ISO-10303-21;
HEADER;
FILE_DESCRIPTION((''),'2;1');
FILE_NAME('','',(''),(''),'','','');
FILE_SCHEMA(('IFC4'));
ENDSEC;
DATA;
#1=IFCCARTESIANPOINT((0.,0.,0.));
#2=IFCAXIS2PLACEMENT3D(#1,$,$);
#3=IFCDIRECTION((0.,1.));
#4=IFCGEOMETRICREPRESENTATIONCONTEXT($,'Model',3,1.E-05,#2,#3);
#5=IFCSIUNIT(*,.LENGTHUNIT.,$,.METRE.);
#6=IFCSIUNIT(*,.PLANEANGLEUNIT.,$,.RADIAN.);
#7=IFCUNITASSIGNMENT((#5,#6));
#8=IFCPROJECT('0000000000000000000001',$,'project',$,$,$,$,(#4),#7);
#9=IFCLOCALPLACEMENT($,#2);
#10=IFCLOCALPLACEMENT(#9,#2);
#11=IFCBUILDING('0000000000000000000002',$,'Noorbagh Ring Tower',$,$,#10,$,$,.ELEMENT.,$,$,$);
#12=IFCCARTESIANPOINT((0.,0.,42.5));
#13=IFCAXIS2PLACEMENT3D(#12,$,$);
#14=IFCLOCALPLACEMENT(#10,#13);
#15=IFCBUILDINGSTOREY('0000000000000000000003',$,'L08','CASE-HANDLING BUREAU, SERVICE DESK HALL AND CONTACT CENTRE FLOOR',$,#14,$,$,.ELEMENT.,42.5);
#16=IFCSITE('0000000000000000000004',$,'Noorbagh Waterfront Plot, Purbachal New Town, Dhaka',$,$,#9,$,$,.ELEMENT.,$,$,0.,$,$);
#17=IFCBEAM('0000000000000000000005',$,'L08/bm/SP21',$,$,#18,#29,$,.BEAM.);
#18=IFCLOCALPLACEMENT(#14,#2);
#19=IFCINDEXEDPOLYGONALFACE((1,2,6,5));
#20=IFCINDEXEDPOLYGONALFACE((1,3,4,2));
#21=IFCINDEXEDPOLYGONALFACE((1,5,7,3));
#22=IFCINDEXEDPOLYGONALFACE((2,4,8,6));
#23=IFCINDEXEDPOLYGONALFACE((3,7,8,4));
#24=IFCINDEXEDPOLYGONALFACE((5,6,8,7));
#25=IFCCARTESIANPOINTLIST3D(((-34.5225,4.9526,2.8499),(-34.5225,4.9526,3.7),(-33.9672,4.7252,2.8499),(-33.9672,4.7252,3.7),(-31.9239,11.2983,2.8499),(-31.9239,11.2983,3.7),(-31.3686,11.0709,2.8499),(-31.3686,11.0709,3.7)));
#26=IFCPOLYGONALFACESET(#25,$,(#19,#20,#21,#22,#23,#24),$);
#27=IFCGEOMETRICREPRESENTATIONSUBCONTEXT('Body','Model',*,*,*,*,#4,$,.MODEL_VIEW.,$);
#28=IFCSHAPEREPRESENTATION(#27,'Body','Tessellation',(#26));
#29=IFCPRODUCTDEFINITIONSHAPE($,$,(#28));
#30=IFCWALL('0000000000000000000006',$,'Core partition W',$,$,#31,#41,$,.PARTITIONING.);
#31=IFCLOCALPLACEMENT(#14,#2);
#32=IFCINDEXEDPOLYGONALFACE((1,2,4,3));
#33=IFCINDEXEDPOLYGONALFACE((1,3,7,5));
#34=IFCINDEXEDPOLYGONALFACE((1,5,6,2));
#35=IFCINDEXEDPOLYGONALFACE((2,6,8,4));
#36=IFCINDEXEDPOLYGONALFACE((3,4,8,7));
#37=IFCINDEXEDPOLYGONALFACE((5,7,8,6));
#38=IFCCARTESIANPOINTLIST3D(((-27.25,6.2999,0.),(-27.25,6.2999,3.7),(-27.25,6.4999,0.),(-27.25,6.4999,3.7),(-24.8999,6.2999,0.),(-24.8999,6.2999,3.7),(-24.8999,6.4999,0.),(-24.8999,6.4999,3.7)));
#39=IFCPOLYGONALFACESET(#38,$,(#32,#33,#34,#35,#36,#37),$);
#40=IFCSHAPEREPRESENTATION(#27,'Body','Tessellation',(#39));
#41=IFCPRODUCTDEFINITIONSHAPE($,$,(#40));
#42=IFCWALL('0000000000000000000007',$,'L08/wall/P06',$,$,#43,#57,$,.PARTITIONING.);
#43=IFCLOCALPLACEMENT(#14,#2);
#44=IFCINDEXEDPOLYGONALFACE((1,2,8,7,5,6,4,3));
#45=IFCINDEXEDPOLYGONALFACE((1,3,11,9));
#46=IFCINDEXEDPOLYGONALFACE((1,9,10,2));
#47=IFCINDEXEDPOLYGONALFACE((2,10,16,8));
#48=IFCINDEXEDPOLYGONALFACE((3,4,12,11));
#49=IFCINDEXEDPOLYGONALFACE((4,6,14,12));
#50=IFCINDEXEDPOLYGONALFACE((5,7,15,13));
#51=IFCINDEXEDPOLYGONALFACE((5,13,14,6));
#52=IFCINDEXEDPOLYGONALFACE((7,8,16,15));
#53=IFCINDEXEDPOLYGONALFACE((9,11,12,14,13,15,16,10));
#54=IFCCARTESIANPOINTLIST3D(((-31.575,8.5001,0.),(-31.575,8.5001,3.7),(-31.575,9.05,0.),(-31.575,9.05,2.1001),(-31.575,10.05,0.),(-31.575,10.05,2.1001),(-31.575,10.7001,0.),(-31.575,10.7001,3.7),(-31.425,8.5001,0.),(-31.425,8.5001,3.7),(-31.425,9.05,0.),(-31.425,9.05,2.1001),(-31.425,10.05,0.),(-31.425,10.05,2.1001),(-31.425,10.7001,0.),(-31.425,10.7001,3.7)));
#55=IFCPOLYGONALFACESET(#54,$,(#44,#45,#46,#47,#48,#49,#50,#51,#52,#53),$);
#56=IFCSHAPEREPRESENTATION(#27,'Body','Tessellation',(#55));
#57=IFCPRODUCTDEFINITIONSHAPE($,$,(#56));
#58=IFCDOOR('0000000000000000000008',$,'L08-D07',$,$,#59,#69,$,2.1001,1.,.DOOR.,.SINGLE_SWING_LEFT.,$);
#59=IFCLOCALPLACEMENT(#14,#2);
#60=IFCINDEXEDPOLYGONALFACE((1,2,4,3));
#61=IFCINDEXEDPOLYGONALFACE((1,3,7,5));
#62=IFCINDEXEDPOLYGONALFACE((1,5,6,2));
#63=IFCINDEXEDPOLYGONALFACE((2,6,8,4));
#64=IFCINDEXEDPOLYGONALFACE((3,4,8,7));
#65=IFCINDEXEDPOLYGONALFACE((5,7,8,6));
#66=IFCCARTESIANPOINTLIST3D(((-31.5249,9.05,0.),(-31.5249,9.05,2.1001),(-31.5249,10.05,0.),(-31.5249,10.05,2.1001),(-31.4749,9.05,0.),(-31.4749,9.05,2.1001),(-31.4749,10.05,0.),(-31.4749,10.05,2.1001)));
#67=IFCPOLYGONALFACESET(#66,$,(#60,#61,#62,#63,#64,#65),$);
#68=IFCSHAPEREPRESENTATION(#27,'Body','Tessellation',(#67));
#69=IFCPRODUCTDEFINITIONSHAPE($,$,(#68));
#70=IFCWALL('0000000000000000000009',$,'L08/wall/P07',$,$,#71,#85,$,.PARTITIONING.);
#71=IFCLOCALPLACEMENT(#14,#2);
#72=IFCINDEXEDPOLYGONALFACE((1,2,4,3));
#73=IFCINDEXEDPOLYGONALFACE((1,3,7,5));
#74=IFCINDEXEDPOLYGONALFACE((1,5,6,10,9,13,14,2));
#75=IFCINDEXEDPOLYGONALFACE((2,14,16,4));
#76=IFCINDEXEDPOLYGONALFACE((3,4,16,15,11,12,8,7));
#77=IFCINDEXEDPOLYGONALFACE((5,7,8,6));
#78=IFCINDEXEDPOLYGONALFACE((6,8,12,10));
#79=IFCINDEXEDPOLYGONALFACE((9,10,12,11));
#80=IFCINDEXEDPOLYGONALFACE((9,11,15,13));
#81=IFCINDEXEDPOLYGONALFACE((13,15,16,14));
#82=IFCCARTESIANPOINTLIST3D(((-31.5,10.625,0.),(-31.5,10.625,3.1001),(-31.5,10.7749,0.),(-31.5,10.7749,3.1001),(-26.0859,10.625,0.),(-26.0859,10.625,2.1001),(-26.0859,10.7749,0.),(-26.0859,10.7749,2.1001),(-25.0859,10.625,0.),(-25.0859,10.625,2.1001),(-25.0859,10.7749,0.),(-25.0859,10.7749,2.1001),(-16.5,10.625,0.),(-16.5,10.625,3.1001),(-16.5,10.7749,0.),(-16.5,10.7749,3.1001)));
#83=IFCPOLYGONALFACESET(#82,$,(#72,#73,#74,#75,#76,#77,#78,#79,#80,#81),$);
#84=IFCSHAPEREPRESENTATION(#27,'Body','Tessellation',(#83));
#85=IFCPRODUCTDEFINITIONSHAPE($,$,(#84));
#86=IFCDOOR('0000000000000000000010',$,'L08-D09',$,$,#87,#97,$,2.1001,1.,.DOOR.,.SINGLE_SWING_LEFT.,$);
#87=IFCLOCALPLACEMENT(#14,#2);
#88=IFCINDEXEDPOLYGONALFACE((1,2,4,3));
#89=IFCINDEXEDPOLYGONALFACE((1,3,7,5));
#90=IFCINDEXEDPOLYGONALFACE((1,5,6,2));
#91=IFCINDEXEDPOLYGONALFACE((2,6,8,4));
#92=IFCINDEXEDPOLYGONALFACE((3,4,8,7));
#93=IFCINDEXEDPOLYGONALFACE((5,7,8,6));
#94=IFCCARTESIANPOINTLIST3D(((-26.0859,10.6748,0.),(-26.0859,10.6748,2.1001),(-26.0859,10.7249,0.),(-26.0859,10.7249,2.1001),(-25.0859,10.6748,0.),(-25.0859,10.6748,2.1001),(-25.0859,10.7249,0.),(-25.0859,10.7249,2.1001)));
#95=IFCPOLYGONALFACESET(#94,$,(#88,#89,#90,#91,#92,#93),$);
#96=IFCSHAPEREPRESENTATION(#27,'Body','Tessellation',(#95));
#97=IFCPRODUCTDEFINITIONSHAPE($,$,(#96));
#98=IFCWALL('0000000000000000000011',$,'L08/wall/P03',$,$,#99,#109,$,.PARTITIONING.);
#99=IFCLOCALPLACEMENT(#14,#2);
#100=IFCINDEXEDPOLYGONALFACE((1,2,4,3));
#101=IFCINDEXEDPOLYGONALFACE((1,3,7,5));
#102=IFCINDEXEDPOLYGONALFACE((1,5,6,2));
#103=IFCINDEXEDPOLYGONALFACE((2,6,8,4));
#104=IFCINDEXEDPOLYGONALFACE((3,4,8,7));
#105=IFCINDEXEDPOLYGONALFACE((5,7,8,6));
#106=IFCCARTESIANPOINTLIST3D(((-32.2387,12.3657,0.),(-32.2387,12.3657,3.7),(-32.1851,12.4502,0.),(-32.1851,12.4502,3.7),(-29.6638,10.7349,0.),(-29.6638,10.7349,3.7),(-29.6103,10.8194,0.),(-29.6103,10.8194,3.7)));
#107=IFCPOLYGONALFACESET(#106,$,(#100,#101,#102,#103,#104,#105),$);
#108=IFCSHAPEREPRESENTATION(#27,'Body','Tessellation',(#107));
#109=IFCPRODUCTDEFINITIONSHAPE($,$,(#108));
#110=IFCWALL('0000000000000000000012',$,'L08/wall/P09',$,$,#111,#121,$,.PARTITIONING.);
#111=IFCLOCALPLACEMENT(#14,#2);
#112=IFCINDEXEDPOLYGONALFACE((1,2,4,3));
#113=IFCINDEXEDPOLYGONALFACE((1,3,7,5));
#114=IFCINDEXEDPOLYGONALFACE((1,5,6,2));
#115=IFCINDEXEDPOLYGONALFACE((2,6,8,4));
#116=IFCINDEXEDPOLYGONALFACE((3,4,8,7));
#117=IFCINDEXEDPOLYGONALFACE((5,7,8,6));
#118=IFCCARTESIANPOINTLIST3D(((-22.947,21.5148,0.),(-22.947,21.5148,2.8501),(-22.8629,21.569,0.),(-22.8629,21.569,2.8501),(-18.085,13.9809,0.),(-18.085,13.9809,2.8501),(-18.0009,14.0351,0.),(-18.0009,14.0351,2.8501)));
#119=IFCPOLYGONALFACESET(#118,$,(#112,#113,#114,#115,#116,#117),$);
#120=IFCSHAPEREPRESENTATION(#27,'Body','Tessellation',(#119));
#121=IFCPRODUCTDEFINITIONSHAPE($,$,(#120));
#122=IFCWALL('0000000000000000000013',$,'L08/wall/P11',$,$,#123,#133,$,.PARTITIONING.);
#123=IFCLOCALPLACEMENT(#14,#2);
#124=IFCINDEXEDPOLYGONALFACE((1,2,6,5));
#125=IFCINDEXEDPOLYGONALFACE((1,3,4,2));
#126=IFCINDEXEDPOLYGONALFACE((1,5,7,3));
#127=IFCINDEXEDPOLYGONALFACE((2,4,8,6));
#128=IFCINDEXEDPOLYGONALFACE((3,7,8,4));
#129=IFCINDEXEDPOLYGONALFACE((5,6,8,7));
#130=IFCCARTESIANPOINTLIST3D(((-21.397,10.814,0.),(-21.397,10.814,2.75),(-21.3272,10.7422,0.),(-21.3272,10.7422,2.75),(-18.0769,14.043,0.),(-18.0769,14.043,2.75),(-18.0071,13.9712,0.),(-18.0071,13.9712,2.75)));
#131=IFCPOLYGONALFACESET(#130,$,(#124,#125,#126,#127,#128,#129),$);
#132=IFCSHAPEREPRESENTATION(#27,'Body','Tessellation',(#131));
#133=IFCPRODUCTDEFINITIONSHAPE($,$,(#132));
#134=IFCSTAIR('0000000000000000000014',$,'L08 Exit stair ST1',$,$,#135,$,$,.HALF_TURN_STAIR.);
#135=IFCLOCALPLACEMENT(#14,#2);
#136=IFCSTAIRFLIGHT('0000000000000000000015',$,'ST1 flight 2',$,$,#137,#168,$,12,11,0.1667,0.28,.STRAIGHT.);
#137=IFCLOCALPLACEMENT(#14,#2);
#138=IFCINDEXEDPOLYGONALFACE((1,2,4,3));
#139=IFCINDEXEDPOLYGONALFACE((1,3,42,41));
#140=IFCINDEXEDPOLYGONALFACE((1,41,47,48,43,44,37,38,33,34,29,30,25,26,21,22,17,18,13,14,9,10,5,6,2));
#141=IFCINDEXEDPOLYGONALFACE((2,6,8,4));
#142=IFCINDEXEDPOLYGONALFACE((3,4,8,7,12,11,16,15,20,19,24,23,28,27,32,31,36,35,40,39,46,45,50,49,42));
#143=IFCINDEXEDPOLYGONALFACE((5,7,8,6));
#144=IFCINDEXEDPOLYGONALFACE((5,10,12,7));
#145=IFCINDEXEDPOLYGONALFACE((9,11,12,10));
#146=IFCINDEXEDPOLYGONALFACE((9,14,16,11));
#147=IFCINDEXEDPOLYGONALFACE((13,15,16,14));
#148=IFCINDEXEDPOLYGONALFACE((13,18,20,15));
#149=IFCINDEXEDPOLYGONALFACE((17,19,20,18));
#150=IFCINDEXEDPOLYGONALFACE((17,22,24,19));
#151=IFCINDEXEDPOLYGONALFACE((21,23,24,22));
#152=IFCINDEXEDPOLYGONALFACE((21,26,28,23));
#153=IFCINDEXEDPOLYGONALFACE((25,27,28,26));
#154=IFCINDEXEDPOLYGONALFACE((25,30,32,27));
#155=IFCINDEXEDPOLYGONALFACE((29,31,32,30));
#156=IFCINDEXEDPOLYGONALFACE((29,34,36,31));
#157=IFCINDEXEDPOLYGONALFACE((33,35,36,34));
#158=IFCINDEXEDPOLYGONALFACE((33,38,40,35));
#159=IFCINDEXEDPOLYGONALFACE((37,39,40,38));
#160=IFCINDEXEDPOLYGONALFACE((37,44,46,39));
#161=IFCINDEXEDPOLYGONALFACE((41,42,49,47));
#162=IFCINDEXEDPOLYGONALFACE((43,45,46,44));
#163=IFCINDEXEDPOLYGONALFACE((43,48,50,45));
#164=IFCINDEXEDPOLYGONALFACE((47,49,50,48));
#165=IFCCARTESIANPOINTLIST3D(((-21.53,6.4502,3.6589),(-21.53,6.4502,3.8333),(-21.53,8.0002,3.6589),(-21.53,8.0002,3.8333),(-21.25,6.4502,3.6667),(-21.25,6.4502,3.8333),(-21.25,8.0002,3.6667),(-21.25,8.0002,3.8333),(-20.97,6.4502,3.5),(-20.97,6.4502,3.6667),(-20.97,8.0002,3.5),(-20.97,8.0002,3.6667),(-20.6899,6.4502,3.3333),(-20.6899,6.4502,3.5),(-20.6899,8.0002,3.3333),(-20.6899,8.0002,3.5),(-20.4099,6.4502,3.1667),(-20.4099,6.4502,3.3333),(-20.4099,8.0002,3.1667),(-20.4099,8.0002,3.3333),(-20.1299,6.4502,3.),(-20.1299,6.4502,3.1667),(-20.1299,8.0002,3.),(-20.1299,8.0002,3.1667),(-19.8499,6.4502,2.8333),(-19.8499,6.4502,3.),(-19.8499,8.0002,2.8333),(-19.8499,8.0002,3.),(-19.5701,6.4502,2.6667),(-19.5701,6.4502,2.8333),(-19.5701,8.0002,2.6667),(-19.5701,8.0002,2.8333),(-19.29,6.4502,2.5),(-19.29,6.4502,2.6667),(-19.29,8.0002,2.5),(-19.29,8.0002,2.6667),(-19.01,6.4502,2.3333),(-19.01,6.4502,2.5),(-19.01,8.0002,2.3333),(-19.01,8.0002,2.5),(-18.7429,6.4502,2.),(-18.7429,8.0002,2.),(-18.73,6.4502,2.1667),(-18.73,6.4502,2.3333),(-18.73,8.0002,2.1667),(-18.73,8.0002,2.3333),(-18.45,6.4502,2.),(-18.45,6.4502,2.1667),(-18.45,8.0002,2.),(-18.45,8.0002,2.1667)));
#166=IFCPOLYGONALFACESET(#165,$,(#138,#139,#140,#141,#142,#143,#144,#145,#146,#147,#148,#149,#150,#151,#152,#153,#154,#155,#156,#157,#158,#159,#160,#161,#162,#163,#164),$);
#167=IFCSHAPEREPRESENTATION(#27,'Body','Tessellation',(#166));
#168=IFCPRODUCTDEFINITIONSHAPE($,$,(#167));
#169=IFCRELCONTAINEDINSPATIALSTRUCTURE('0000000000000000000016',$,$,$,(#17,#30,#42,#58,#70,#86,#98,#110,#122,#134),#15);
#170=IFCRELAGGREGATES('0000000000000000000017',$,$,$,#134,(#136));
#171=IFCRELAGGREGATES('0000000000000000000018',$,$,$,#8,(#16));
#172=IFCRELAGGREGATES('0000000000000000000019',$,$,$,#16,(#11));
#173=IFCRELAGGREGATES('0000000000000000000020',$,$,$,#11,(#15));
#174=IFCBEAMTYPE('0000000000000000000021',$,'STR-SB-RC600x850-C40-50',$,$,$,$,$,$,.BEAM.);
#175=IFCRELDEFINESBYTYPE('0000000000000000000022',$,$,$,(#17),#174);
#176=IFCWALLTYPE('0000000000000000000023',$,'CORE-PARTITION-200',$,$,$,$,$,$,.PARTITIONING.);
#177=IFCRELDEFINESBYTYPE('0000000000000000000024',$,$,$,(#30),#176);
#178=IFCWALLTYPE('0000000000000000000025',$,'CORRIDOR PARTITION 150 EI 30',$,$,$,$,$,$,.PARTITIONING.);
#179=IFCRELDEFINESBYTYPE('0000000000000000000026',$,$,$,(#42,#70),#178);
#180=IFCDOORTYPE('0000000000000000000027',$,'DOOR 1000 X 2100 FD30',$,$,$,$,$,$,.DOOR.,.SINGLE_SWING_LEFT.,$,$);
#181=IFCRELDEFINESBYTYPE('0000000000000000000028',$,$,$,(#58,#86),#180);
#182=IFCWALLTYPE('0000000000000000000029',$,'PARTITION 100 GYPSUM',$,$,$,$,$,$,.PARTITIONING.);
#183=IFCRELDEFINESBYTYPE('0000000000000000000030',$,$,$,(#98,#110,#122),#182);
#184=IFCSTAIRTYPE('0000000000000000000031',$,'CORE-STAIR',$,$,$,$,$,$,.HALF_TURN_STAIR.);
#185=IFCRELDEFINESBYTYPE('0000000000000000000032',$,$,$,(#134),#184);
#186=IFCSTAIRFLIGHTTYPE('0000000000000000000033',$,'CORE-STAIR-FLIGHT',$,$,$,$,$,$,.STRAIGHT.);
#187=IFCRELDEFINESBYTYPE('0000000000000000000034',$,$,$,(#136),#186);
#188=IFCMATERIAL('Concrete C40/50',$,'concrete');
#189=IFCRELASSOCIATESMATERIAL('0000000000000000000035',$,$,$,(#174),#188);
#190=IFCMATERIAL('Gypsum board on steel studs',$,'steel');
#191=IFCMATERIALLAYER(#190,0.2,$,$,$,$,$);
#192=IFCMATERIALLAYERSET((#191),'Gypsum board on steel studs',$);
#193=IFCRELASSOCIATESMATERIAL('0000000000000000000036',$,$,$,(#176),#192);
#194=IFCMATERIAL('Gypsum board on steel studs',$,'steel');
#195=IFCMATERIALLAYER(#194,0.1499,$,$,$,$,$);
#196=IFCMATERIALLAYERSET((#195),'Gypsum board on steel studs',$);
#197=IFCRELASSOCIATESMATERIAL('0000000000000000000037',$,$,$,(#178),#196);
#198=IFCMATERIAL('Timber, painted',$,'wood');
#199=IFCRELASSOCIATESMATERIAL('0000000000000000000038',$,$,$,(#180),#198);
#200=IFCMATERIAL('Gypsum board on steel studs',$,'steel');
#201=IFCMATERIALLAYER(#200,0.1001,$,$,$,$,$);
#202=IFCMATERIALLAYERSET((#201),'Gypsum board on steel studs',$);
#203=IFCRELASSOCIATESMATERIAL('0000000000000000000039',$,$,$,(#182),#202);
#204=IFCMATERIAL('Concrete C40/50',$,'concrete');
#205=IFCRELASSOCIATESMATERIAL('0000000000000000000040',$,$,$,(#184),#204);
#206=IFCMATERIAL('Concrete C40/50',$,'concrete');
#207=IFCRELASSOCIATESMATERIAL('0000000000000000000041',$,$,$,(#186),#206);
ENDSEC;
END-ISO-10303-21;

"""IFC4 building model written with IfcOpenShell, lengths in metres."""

from ifc_helpers import new_model, si_unit, direction, frame, frame_2d, origin, origin_2d, place, context, subcontext, project, spatial, polyline, rectangle, outline, extrude, material, layer, layer_set, material_profile, profile_set, type_object, element, fill, aggregate, save


model = new_model("IFC4")

# Units and contexts
model_context = context("Model", 3, precision=1e-05, world=origin(), true_north=direction((0.0, 1.0)))
body_context = subcontext(model_context, "Body", "Model", "MODEL_VIEW")
ifc_project = project(units=[si_unit("LENGTHUNIT", "METRE"), si_unit("PLANEANGLEUNIT", "RADIAN")], contexts=[model_context])

# Site, building, storey
site_placement = place(None, origin())
site = spatial("IfcSite", under=ifc_project, at=site_placement, Name="Noorbagh Waterfront Plot, Purbachal New Town, Dhaka", CompositionType="ELEMENT", RefElevation=0.0)
building_placement = place(site_placement, origin())
building = spatial("IfcBuilding", under=site, at=building_placement, Name="Noorbagh Ring Tower", CompositionType="ELEMENT")
storey_placement = place(building_placement, frame((0.0, 0.0, 42.5)))
storey = spatial("IfcBuildingStorey", under=building, at=storey_placement, Name="L08", Description="CASE-HANDLING BUREAU, SERVICE DESK HALL AND CONTACT CENTRE FLOOR", CompositionType="ELEMENT", Elevation=42.5)

# Beam
ifc_material_1 = material(Name="Concrete C40/50", Category="concrete")
ifc_material_profile_1 = material_profile(ifc_material_1, rectangle(XDim=0.6001, YDim=0.8501, at=origin_2d()), Name="RC600x850")
ifc_profile_set_1 = profile_set([ifc_material_profile_1], Name="Concrete C40/50")
beam_type_1 = type_object("IfcBeamType", Name="STR-SB-RC600x850-C40-50", PredefinedType="BEAM", material=ifc_profile_set_1)
beam_1_placement = place(storey_placement, frame((-31.6462, 11.1846, 3.2749), z_axis=(-0.378966, -0.925411, 0.0), x_axis=(0.925411, -0.378966, 0.0)))
element("IfcBeam", 1, at=beam_1_placement, inside=storey, type_object=beam_type_1, Name="L08/bm/SP21", PredefinedType="BEAM", context=body_context, shape_type="SweptSolid", body=[
    extrude(rectangle(XDim=0.6001, YDim=0.8501, at=origin_2d()), origin(), (0.0, 0.0, 1.0), 6.8572),
])

# Wall
ifc_material_2 = material(Name="Gypsum board on steel studs", Category="steel")
ifc_layer_1 = layer(ifc_material_2, 0.2)
ifc_layer_set_1 = layer_set([ifc_layer_1], Name="Gypsum board on steel studs")
wall_type_1 = type_object("IfcWallType", Name="CORE-PARTITION-200", PredefinedType="PARTITIONING", material=ifc_layer_set_1)
wall_1_placement = place(storey_placement, frame((-24.8999, 6.3999, 0.0), z_axis=(0.0, 0.0, 1.0), x_axis=(-1.0, 0.0, 0.0)))
element("IfcWall", 2, at=wall_1_placement, inside=storey, type_object=wall_type_1, Name="Core partition W", PredefinedType="PARTITIONING", context=body_context, shape_type="SweptSolid", body=[
    extrude(rectangle(XDim=2.3501, YDim=0.2, at=frame_2d((1.175, 0.0))), origin(), (0.0, 0.0, 1.0), 3.7),
])

# Walls, openings, doors
ifc_material_3 = material(Name="Gypsum board on steel studs", Category="steel")
ifc_layer_2 = layer(ifc_material_3, 0.1499)
ifc_layer_set_2 = layer_set([ifc_layer_2], Name="Gypsum board on steel studs")
wall_type_2 = type_object("IfcWallType", Name="CORRIDOR PARTITION 150 EI 30", PredefinedType="PARTITIONING", material=ifc_layer_set_2)
wall_2_placement = place(storey_placement, frame((-31.5, 8.5, 0.0), z_axis=(0.0, 0.0, 1.0), x_axis=(0.0, 1.0, 0.0)))
wall_2 = element("IfcWall", 3, at=wall_2_placement, inside=storey, type_object=wall_type_2, Name="L08/wall/P06", PredefinedType="PARTITIONING", context=body_context, shape_type="SweptSolid", body=[
    extrude(rectangle(XDim=2.2, YDim=0.1499, at=frame_2d((1.1001, 0.0))), origin(), (0.0, 0.0, 1.0), 3.7),
])
opening_1_placement = place(wall_2_placement, frame((0.55, 0.0, 0.0)))
opening_1 = element("IfcOpeningElement", 4, at=opening_1_placement, cuts=wall_2, PredefinedType="OPENING", context=body_context, shape_type="SweptSolid", body=[
    extrude(rectangle(XDim=1.0, YDim=2.1001, at=frame_2d((0.5, 1.05))), frame((0.0, 0.085, 0.0), z_axis=(0.0, -1.0, 0.0), x_axis=(1.0, 0.0, 0.0)), (0.0, 0.0, 1.0), 0.1699),
])
ifc_material_4 = material(Name="Timber, painted", Category="wood")
door_type = type_object("IfcDoorType", Name="DOOR 1000 X 2100 FD30", OperationType="SINGLE_SWING_LEFT", PredefinedType="DOOR", material=ifc_material_4)
door_1_placement = place(opening_1_placement, origin())
door_1 = element("IfcDoor", 5, at=door_1_placement, inside=storey, type_object=door_type, Name="L08-D07", OperationType="SINGLE_SWING_LEFT", OverallHeight=2.1001, OverallWidth=1.0, PredefinedType="DOOR", context=body_context, shape_type="SweptSolid", body=[
    extrude(rectangle(XDim=1.0, YDim=2.1001, at=frame_2d((0.5, 1.05))), frame((0.0, 0.0249, 0.0), z_axis=(0.0, -1.0, 0.0), x_axis=(1.0, 0.0, 0.0)), (0.0, 0.0, 1.0), 0.05),
])
fill(opening_1, door_1)
wall_3_placement = place(storey_placement, frame((-31.5, 10.7, 0.0), z_axis=(0.0, 0.0, 1.0), x_axis=(1.0, 0.0, 0.0)))
wall_3 = element("IfcWall", 6, at=wall_3_placement, inside=storey, type_object=wall_type_2, Name="L08/wall/P07", PredefinedType="PARTITIONING", context=body_context, shape_type="SweptSolid", body=[
    extrude(rectangle(XDim=15.0, YDim=0.1499, at=frame_2d((7.5, 0.0))), origin(), (0.0, 0.0, 1.0), 3.1001),
])
opening_2_placement = place(wall_3_placement, frame((5.4141, 0.0, 0.0)))
opening_2 = element("IfcOpeningElement", 7, at=opening_2_placement, cuts=wall_3, PredefinedType="OPENING", context=body_context, shape_type="SweptSolid", body=[
    extrude(rectangle(XDim=1.0, YDim=2.1001, at=frame_2d((0.5, 1.05))), frame((0.0, 0.085, 0.0), z_axis=(0.0, -1.0, 0.0), x_axis=(1.0, 0.0, 0.0)), (0.0, 0.0, 1.0), 0.1699),
])
door_2_placement = place(opening_2_placement, origin())
door_2 = element("IfcDoor", 8, at=door_2_placement, inside=storey, type_object=door_type, Name="L08-D09", OperationType="SINGLE_SWING_LEFT", OverallHeight=2.1001, OverallWidth=1.0, PredefinedType="DOOR", context=body_context, shape_type="SweptSolid", body=[
    extrude(rectangle(XDim=1.0, YDim=2.1001, at=frame_2d((0.5, 1.05))), frame((0.0, 0.0249, 0.0), z_axis=(0.0, -1.0, 0.0), x_axis=(1.0, 0.0, 0.0)), (0.0, 0.0, 1.0), 0.05),
])
fill(opening_2, door_2)

# Walls
ifc_material_5 = material(Name="Gypsum board on steel studs", Category="steel")
ifc_layer_3 = layer(ifc_material_5, 0.1001)
ifc_layer_set_3 = layer_set([ifc_layer_3], Name="Gypsum board on steel studs")
wall_type_3 = type_object("IfcWallType", Name="PARTITION 100 GYPSUM", PredefinedType="PARTITIONING", material=ifc_layer_set_3)
wall_4_placement = place(storey_placement, frame((-32.2119, 12.408, 0.0), z_axis=(0.0, 0.0, 1.0), x_axis=(0.844811, -0.535065, 0.0)))
element("IfcWall", 9, at=wall_4_placement, inside=storey, type_object=wall_type_3, Name="L08/wall/P03", PredefinedType="PARTITIONING", context=body_context, shape_type="SweptSolid", body=[
    extrude(rectangle(XDim=3.0479, YDim=0.1001, at=frame_2d((1.5239, 0.0))), origin(), (0.0, 0.0, 1.0), 3.7),
])
wall_5_placement = place(storey_placement, frame((-22.905, 21.542, 0.0), z_axis=(0.0, 0.0, 1.0), x_axis=(0.542242, -0.840223, 0.0)))
element("IfcWall", 10, at=wall_5_placement, inside=storey, type_object=wall_type_3, Name="L08/wall/P09", PredefinedType="PARTITIONING", context=body_context, shape_type="SweptSolid", body=[
    extrude(rectangle(XDim=8.9666, YDim=0.1001, at=frame_2d((4.4834, 0.0))), origin(), (0.0, 0.0, 1.0), 2.8501),
])
wall_6_placement = place(storey_placement, frame((-21.3621, 10.7781, 0.0), z_axis=(0.0, 0.0, 1.0), x_axis=(0.71687, 0.697207, 0.0)))
element("IfcWall", 11, at=wall_6_placement, inside=storey, type_object=wall_type_3, Name="L08/wall/P11", PredefinedType="PARTITIONING", context=body_context, shape_type="SweptSolid", body=[
    extrude(rectangle(XDim=4.6313, YDim=0.1001, at=frame_2d((2.3157, 0.0))), origin(), (0.0, 0.0, 1.0), 2.75),
])

# Stair, stair flight
ifc_material_6 = material(Name="Concrete C40/50", Category="concrete")
stair_type = type_object("IfcStairType", Name="CORE-STAIR", PredefinedType="HALF_TURN_STAIR", material=ifc_material_6)
stair_placement = place(storey_placement, origin())
stair = element("IfcStair", 12, at=stair_placement, inside=storey, type_object=stair_type, Name="L08 Exit stair ST1", PredefinedType="HALF_TURN_STAIR")
ifc_material_7 = material(Name="Concrete C40/50", Category="concrete")
stair_flight_type = type_object("IfcStairFlightType", Name="CORE-STAIR-FLIGHT", PredefinedType="STRAIGHT", material=ifc_material_7)
stair_flight_placement = place(storey_placement, frame((-18.45, 7.2251, 2.0), z_axis=(0.0, 0.0, 1.0), x_axis=(-1.0, 0.0, 0.0)))
stair_flight = element("IfcStairFlight", 13, at=stair_flight_placement, type_object=stair_flight_type, Name="ST1 flight 2", NumberOfRisers=12, NumberOfTreads=11, PredefinedType="STRAIGHT", RiserHeight=0.1667, TreadLength=0.28, context=body_context, shape_type="SweptSolid", body=[
    extrude(outline(polyline([(0.0, 0.0), (0.0, 0.1667), (0.28, 0.1667), (0.28, 0.3333), (0.5601, 0.3333), (0.5601, 0.5), (0.8401, 0.5), (0.8401, 0.6667), (1.1201, 0.6667), (1.1201, 0.8333), (1.3999, 0.8333), (1.3999, 1.0), (1.6799, 1.0), (1.6799, 1.1667), (1.96, 1.1667), (1.96, 1.3333), (2.24, 1.3333), (2.24, 1.5), (2.52, 1.5), (2.52, 1.6667), (2.8, 1.6667), (2.8, 1.8333), (3.0801, 1.8333), (3.0801, 2.0), (3.0801, 1.6589), (0.293, 0.0), (0.0, 0.0)])), frame((0.0, 0.7749, 0.0), z_axis=(0.0, -1.0, 0.0), x_axis=(1.0, 0.0, 0.0)), (0.0, 0.0, 1.0), 1.55),
])
aggregate(stair, [stair_flight])

save(model, "model.ifc")
